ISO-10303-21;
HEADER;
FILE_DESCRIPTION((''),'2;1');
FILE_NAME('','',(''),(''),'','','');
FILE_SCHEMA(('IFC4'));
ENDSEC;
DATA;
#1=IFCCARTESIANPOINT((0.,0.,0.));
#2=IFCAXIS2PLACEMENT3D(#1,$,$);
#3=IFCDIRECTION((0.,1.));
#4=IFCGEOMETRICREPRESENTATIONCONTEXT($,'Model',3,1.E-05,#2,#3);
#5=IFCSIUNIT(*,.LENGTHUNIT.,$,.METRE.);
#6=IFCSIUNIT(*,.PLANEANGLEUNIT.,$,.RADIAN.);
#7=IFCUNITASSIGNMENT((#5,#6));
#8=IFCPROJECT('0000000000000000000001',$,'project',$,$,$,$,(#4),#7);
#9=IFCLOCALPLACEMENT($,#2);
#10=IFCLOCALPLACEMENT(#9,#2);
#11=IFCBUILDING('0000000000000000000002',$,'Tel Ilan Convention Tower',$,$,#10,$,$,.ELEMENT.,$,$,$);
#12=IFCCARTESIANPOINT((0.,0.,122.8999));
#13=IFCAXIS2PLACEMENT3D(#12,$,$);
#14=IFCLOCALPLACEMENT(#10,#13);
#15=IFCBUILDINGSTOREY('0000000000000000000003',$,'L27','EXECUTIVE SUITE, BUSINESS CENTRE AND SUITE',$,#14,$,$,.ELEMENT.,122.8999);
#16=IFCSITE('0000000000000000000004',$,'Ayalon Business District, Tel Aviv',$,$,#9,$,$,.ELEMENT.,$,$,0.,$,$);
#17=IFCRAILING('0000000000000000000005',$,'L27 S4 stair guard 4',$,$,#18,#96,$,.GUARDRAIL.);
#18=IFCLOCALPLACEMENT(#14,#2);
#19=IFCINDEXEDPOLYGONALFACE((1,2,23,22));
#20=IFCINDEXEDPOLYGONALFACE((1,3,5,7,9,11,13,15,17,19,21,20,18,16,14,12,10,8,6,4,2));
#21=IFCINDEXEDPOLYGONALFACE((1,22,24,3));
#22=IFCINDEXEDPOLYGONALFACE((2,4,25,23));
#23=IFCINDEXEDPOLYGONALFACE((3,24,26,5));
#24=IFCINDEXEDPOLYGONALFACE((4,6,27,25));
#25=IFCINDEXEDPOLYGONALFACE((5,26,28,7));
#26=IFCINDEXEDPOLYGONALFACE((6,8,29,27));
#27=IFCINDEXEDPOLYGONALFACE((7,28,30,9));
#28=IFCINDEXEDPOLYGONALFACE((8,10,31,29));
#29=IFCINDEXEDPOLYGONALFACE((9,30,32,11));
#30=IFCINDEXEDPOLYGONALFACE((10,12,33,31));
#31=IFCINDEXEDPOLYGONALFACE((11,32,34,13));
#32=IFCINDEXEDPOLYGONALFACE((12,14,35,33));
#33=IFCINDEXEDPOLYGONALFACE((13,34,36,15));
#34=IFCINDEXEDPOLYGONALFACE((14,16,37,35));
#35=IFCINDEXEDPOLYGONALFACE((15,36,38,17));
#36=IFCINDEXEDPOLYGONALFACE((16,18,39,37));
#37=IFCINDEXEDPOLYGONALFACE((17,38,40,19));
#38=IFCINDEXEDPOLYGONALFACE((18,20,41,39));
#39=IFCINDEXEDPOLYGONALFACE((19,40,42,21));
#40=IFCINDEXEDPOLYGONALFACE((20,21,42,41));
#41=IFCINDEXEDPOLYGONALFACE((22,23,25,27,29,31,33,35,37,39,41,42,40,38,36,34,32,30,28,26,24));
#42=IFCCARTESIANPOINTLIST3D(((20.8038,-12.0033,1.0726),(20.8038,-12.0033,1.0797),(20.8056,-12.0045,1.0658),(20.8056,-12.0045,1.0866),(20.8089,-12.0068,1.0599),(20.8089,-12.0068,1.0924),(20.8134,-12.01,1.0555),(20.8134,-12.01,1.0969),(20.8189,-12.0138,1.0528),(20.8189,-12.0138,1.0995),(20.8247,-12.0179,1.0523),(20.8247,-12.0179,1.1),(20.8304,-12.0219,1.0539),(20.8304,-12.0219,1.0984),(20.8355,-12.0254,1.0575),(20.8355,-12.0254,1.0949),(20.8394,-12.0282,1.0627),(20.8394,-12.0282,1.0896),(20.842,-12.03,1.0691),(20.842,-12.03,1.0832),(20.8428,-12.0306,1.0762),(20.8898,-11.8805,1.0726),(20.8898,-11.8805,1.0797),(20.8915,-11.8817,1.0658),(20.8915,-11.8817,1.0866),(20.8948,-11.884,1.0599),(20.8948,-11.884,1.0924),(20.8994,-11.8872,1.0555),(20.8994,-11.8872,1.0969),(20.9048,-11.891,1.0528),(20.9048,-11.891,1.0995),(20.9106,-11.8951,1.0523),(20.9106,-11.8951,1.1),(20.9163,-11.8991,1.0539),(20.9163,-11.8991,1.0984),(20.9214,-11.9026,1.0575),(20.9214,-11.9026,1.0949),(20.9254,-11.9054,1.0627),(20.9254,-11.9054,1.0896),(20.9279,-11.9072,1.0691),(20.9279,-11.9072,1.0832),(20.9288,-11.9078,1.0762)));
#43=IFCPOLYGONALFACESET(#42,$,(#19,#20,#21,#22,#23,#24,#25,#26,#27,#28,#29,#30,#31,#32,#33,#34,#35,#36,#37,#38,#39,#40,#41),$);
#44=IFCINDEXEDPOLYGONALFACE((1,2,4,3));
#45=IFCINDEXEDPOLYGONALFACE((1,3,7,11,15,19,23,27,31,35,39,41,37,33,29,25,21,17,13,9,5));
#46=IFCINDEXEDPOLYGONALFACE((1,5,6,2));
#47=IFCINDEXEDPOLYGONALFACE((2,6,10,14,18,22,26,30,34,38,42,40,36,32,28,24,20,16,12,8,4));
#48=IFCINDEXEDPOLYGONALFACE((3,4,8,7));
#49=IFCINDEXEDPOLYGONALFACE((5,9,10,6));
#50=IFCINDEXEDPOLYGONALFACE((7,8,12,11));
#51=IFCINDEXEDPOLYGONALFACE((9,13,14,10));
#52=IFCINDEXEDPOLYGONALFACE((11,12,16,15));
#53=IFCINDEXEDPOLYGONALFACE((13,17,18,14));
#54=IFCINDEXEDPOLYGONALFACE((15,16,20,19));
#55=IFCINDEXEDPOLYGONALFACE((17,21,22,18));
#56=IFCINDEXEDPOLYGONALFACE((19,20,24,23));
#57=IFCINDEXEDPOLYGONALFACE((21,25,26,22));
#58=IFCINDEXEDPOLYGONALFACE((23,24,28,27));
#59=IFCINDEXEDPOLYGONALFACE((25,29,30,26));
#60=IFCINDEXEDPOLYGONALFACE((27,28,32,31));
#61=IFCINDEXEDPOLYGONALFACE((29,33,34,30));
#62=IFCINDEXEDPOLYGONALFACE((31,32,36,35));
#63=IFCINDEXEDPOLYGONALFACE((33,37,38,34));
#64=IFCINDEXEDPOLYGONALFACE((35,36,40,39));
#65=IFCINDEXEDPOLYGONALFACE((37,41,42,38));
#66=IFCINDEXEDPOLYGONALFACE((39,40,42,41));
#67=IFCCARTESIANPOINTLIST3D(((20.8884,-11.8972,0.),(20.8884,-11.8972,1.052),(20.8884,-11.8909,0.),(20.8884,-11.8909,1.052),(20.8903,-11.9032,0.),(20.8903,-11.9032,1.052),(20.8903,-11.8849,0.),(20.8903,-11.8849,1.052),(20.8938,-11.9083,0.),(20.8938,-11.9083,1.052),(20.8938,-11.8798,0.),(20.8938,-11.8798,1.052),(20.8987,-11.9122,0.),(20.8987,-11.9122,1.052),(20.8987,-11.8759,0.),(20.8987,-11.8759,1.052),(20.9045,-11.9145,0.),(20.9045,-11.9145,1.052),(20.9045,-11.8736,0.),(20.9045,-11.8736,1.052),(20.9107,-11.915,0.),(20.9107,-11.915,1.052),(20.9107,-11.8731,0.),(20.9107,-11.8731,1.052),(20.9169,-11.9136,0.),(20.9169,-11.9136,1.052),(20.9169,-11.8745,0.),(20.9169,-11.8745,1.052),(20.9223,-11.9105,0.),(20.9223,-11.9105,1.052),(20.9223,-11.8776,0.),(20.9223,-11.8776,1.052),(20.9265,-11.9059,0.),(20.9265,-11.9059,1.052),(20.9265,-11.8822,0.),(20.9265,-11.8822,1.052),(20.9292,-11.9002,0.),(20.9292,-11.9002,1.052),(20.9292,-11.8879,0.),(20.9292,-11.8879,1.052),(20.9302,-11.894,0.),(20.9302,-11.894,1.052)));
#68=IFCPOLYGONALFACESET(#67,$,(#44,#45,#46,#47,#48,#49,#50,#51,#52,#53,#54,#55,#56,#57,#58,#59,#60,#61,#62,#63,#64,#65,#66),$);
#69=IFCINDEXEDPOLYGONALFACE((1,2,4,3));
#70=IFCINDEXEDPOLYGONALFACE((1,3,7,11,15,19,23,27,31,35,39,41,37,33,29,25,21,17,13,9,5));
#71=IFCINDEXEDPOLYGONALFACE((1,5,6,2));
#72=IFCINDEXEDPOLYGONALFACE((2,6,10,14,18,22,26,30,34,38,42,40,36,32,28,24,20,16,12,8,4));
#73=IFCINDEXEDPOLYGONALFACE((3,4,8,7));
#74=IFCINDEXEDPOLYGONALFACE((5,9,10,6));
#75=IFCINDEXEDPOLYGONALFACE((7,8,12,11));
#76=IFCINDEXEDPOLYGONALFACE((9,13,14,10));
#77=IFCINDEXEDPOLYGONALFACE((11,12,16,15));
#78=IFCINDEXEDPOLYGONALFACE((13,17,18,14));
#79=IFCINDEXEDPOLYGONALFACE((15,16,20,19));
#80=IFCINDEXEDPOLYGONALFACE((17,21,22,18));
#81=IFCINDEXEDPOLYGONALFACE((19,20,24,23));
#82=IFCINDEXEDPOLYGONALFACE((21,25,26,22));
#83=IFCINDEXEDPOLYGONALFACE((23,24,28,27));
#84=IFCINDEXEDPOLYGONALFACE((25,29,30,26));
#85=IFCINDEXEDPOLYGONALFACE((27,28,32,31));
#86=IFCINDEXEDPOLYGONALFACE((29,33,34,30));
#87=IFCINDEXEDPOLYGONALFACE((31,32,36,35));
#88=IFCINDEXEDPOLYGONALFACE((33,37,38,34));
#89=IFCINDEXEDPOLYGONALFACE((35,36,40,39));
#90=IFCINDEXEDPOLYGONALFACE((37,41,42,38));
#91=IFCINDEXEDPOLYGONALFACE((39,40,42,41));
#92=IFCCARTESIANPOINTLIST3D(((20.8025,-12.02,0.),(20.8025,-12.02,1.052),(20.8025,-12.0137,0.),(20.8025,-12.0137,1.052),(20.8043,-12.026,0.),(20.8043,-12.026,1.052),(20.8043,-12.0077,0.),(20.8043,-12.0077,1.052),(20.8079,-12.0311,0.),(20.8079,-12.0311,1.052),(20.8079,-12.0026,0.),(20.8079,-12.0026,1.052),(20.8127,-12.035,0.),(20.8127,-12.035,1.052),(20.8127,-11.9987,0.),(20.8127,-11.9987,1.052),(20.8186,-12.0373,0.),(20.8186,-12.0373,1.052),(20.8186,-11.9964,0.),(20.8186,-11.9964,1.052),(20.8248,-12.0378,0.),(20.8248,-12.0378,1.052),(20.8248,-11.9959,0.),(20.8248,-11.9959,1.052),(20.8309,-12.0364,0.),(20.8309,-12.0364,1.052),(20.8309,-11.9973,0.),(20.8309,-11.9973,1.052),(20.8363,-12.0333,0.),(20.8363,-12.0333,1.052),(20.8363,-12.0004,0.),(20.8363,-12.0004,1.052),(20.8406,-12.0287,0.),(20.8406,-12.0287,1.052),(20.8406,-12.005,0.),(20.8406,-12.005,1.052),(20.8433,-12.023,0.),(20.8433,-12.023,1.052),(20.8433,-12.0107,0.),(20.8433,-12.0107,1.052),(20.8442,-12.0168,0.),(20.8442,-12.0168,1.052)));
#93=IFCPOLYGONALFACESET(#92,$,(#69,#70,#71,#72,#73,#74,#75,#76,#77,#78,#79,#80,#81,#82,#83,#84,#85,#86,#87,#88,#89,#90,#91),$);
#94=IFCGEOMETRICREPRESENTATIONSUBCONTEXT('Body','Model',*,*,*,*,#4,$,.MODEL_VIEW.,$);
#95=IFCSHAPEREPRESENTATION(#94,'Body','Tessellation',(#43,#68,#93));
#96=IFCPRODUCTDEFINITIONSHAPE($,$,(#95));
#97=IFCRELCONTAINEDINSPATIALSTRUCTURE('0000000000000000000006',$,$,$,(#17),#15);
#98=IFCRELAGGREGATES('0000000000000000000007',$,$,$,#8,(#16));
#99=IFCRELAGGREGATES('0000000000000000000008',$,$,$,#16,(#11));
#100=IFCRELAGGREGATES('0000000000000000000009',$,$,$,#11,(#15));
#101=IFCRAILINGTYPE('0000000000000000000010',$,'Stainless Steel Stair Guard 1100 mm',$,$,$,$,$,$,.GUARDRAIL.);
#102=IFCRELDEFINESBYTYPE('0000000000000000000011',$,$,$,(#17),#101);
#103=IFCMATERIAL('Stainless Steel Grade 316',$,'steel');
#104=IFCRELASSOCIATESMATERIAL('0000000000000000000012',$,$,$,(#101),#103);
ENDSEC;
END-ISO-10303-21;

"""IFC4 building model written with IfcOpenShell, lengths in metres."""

from ifc_helpers import new_model, si_unit, direction, frame, origin, origin_2d, place, context, subcontext, project, spatial, circle, extrude, material, type_object, element, save


model = new_model("IFC4")

# Units and contexts
model_context = context("Model", 3, precision=1e-05, world=origin(), true_north=direction((0.0, 1.0)))
body_context = subcontext(model_context, "Body", "Model", "MODEL_VIEW")
ifc_project = project(units=[si_unit("LENGTHUNIT", "METRE"), si_unit("PLANEANGLEUNIT", "RADIAN")], contexts=[model_context])

# Site, building, storey
site_placement = place(None, origin())
site = spatial("IfcSite", under=ifc_project, at=site_placement, Name="Ayalon Business District, Tel Aviv", CompositionType="ELEMENT", RefElevation=0.0)
building_placement = place(site_placement, origin())
building = spatial("IfcBuilding", under=site, at=building_placement, Name="Tel Ilan Convention Tower", CompositionType="ELEMENT")
storey_placement = place(building_placement, frame((0.0, 0.0, 122.8999)))
storey = spatial("IfcBuildingStorey", under=building, at=storey_placement, Name="L27", Description="EXECUTIVE SUITE, BUSINESS CENTRE AND SUITE", CompositionType="ELEMENT", Elevation=122.8999)

# Railing
ifc_material_1 = material(Name="Stainless Steel Grade 316", Category="steel")
railing_type_1 = type_object("IfcRailingType", Name="Stainless Steel Stair Guard 1100 mm", PredefinedType="GUARDRAIL", material=ifc_material_1)
railing_1_placement = place(storey_placement, frame((20.9092, -11.894, 0.0)))
element("IfcRailing", 1, at=railing_1_placement, inside=storey, type_object=railing_type_1, Name="L27 S4 stair guard 4", PredefinedType="GUARDRAIL", context=body_context, shape_type="SweptSolid", body=[
    extrude(circle(Radius=0.0239, at=origin_2d()), frame((0.0, 0.0, 1.0762), z_axis=(-0.573353, -0.819308, 0.0), x_axis=(0.819308, -0.573353, 0.0)), (0.0, 0.0, 1.0), 0.1499),
    extrude(circle(Radius=0.021, at=origin_2d()), origin(), (0.0, 0.0, 1.0), 1.052),
    extrude(circle(Radius=0.021, at=origin_2d()), frame((-0.0859, -0.1228, 0.0)), (0.0, 0.0, 1.0), 1.052),
])

save(model, "model.ifc")
